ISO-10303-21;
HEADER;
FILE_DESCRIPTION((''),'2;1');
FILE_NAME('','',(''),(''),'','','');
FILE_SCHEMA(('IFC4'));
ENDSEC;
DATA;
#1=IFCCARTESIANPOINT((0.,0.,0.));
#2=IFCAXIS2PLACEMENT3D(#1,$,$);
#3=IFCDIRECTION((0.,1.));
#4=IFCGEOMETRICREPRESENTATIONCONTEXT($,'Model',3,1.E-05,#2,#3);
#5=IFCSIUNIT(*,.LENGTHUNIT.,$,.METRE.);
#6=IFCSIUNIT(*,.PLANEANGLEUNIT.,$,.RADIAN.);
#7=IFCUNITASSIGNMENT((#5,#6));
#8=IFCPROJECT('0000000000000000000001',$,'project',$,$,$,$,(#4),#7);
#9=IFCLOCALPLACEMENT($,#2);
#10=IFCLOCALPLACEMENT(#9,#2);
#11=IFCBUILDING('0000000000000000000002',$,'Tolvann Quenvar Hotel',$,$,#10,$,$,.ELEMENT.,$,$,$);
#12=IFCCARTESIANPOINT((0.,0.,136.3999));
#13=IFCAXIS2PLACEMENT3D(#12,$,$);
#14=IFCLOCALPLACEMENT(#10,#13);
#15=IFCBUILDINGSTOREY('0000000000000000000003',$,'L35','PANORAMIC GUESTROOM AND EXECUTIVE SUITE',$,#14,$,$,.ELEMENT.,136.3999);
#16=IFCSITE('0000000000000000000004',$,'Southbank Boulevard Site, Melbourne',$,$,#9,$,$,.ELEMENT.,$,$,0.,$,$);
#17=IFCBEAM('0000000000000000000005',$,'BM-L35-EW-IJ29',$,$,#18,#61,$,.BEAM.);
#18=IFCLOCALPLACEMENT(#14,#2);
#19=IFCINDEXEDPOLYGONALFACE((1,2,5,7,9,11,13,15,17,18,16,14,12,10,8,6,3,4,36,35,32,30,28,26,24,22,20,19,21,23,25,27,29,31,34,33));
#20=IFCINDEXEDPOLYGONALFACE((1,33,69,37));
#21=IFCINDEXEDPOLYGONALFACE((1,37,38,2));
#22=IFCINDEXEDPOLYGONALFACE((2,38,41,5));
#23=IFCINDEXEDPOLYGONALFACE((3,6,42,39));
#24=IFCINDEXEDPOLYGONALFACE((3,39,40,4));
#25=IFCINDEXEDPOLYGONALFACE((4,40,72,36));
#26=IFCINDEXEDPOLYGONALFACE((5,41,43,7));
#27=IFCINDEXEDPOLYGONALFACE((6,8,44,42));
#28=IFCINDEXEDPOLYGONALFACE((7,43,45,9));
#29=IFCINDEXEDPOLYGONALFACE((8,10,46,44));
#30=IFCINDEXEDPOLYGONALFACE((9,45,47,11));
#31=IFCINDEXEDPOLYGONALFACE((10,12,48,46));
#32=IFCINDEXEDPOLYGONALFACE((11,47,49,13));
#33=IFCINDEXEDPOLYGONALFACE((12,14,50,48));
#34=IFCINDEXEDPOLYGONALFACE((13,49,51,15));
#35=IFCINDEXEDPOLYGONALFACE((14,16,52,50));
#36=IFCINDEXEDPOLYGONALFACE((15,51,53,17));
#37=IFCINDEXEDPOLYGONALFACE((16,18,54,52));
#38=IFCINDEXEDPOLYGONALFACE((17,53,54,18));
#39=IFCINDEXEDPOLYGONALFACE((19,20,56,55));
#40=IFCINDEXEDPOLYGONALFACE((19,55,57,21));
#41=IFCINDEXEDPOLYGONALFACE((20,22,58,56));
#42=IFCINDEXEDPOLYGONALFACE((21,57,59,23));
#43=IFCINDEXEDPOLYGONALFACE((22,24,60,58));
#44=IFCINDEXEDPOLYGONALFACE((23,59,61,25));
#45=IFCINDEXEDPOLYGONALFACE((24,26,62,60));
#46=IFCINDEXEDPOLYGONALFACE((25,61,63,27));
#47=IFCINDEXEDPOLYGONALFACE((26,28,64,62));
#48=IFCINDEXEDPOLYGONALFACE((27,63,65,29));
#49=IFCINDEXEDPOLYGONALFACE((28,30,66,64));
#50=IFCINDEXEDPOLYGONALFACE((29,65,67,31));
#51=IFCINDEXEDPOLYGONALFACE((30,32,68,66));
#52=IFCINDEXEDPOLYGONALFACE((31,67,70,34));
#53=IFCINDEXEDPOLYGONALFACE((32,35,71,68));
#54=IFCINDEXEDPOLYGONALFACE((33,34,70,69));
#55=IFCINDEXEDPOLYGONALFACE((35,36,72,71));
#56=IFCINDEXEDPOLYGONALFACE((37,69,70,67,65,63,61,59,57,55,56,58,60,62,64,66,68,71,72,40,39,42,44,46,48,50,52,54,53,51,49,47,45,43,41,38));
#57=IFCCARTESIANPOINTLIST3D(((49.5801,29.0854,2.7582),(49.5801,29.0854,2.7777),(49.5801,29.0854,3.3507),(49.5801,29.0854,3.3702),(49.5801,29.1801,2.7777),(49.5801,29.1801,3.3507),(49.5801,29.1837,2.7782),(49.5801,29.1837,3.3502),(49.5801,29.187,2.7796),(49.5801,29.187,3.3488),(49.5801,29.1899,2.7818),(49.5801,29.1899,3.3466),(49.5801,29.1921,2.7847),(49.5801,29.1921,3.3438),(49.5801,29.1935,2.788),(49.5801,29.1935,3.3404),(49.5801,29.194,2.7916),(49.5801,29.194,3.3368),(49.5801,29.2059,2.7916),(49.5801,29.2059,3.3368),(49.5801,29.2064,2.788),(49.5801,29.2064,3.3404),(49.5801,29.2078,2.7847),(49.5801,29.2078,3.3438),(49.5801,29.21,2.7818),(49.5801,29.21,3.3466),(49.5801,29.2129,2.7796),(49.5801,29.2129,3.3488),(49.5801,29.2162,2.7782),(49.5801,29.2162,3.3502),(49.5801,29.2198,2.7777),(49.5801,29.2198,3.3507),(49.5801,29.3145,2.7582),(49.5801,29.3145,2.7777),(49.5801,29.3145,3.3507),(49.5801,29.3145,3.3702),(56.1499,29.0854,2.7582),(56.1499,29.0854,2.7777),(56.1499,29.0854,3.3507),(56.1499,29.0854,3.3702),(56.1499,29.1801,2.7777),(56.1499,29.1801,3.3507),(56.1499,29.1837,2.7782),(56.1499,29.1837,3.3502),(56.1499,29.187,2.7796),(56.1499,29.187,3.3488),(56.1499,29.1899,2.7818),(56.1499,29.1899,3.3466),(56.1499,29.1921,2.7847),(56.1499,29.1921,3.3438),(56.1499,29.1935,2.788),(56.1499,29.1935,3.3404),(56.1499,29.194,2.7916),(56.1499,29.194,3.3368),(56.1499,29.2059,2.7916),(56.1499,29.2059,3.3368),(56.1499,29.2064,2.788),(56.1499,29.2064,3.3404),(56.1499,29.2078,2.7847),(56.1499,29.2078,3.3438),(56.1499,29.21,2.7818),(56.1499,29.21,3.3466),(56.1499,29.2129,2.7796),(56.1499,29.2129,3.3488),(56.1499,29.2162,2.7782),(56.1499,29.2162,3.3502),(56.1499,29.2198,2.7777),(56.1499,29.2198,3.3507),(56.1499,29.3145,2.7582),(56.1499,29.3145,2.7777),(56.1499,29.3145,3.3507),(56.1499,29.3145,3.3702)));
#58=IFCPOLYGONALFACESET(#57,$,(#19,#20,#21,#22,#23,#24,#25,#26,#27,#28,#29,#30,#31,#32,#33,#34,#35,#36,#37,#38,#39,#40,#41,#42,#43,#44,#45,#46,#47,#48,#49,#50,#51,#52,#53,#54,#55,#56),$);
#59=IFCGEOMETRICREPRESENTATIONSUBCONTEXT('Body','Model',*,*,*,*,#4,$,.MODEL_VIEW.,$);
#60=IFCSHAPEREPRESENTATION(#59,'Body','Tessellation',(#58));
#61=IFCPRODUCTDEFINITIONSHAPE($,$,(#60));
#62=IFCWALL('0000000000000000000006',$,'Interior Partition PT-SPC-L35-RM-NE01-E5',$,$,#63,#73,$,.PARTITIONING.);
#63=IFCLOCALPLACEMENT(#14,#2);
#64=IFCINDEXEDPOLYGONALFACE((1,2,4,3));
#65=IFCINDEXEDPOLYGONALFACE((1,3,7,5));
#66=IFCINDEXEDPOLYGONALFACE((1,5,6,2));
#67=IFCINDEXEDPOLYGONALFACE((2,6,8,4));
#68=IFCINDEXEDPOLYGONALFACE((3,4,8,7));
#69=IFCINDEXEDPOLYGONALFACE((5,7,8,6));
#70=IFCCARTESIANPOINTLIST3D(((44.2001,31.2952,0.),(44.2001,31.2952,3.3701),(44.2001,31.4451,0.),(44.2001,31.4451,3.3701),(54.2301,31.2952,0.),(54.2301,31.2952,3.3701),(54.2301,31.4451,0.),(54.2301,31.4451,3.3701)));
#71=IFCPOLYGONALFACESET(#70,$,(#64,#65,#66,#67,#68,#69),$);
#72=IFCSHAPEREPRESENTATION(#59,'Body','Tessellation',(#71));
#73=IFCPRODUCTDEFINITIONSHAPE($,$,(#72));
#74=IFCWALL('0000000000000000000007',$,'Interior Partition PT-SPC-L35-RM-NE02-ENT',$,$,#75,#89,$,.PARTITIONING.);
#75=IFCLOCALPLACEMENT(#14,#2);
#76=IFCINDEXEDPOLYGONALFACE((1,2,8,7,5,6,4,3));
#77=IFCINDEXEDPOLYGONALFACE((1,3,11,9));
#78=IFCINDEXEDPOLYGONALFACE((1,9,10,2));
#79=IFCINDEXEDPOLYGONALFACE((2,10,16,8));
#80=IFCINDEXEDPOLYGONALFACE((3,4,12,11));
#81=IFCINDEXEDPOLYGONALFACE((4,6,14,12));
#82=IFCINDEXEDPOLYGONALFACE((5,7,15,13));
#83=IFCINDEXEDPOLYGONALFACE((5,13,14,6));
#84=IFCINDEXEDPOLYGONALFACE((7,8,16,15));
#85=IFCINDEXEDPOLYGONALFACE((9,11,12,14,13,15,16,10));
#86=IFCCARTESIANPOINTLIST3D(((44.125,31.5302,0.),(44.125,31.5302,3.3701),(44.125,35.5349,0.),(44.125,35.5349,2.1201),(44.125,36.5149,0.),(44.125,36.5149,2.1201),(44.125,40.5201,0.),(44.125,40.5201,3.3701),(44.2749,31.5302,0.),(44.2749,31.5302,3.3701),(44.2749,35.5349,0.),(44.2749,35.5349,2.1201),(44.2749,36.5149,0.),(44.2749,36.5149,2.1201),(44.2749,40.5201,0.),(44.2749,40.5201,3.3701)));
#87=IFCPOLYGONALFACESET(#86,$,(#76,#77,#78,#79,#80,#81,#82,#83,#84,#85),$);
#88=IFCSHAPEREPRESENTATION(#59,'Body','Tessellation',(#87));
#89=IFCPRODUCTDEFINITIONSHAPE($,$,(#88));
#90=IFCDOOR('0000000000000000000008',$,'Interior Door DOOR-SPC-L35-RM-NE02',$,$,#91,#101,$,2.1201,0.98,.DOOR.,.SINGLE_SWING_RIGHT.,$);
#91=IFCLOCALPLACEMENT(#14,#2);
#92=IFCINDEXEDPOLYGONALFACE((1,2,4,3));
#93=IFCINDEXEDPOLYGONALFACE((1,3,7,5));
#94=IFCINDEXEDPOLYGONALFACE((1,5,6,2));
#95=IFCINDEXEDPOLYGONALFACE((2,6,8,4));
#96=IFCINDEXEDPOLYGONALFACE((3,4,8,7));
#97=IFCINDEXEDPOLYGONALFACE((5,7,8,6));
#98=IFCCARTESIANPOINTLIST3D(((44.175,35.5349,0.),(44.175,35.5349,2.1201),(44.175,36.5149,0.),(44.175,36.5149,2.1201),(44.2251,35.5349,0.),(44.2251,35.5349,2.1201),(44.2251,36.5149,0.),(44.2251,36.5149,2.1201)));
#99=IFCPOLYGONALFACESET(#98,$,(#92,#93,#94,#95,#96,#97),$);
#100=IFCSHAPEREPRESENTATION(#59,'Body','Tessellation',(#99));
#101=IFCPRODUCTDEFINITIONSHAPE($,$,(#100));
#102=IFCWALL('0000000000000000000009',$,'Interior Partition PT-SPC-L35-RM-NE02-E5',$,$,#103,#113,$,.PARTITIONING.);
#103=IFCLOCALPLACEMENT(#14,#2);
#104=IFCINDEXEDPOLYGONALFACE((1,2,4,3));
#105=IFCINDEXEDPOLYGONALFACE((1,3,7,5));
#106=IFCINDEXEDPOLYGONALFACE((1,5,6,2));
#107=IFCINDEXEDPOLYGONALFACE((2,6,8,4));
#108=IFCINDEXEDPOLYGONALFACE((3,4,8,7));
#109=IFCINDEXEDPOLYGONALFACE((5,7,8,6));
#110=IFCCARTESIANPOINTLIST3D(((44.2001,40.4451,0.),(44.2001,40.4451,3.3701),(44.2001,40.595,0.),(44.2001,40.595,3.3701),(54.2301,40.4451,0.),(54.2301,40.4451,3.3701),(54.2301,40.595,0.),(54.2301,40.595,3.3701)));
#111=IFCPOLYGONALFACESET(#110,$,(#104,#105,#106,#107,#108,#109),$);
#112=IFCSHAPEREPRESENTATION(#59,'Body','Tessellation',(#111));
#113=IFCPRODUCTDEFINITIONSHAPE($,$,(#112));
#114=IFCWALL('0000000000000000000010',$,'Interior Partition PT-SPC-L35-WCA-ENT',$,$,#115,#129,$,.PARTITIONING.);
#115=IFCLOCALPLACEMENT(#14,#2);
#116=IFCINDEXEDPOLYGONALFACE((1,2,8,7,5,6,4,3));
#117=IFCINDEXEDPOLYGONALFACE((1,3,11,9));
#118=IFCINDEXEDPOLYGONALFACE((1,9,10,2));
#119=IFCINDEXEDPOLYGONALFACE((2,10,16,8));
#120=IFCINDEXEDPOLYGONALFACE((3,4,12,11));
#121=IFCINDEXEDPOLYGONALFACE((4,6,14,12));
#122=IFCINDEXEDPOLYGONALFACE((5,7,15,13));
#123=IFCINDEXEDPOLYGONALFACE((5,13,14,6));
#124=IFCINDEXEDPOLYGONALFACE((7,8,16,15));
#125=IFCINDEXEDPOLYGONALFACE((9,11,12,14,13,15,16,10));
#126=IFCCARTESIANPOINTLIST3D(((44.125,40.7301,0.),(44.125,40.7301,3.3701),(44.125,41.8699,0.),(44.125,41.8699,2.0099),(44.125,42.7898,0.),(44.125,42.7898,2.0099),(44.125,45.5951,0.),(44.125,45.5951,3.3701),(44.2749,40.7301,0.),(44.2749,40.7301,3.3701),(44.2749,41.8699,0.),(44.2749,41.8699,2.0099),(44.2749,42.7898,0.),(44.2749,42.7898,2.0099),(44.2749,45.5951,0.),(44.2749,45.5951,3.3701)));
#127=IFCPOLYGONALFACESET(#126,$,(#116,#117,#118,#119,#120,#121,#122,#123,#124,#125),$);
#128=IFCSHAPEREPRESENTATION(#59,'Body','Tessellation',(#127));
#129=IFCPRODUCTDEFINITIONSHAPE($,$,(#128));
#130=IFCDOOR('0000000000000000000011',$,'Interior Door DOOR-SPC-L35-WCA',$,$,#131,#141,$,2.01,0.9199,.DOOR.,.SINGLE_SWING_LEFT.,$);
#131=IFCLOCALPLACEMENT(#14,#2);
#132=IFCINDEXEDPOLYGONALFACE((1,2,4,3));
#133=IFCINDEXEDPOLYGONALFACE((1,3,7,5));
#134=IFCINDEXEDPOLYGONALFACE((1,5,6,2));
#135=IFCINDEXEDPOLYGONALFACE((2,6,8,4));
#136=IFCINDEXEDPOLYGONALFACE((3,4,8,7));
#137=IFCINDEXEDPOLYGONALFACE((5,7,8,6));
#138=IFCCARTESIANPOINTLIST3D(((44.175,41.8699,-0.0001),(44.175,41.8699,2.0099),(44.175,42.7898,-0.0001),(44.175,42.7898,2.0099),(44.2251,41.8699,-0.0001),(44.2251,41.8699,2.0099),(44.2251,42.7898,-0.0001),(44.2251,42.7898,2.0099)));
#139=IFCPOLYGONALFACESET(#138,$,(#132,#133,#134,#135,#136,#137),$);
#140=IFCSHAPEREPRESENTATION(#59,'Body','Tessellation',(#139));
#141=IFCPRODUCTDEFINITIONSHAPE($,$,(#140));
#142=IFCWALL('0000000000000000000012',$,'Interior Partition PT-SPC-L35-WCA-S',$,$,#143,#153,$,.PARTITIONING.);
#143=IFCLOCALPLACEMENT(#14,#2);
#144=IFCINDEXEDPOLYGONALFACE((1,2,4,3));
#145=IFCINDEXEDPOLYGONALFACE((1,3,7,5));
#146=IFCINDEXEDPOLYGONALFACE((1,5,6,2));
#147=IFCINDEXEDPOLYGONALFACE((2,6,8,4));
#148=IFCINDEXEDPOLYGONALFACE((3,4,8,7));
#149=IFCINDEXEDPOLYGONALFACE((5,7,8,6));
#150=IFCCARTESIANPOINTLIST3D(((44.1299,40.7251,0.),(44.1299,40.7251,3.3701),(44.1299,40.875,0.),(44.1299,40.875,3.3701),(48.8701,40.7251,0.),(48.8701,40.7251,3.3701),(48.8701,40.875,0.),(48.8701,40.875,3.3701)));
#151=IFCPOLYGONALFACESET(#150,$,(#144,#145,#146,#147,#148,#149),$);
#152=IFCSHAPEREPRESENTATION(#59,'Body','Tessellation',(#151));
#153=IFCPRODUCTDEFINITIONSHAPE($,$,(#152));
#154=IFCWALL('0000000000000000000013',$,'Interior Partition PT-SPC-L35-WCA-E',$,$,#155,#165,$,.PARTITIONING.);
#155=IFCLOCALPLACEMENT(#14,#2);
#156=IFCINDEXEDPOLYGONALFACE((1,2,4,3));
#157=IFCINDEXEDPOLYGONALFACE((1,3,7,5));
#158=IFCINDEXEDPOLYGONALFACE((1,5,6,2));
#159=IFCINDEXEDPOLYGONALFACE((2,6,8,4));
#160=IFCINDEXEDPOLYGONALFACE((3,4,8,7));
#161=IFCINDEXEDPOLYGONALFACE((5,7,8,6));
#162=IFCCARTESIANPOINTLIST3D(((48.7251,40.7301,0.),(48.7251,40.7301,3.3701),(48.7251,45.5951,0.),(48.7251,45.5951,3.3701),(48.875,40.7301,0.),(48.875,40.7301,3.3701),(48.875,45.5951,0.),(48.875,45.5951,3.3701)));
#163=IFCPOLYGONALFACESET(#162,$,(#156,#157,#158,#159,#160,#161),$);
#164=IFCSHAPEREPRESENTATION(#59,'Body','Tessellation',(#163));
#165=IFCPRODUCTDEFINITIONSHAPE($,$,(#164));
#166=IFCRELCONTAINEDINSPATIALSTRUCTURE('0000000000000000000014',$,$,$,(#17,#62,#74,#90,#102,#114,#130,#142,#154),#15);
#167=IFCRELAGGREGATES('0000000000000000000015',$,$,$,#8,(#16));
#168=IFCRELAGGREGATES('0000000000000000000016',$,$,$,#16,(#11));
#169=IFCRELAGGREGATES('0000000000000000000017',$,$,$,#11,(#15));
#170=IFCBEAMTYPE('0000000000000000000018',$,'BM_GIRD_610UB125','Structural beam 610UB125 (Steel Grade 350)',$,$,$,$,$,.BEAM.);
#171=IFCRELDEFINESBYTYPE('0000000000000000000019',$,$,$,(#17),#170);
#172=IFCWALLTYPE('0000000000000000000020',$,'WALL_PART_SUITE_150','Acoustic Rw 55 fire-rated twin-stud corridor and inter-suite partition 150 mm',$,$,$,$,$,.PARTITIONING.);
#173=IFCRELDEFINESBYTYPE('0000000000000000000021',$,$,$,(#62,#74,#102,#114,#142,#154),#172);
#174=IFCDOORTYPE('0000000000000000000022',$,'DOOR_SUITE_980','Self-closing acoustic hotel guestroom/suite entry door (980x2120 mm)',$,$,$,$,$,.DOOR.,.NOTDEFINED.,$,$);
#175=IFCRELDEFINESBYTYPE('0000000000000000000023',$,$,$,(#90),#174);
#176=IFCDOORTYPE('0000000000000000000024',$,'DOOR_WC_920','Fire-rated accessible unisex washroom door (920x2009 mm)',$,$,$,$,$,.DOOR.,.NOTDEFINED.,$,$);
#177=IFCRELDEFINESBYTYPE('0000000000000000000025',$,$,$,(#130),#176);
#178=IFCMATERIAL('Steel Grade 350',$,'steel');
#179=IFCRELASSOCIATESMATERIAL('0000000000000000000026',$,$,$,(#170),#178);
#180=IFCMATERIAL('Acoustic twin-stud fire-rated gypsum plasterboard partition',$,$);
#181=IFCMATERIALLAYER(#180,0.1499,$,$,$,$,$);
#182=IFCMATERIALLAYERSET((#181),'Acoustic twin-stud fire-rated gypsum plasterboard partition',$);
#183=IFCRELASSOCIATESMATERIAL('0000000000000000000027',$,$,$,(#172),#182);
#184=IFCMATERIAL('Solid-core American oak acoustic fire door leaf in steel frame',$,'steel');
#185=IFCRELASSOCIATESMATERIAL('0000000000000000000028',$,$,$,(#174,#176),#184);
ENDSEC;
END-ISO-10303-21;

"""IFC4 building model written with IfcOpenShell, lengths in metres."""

from ifc_helpers import new_model, si_unit, direction, frame, frame_2d, origin, origin_2d, place, context, subcontext, project, spatial, rectangle, i_section, extrude, source, transform, mapped, material, layer, layer_set, material_profile, profile_set, type_object, type_shapes, element, fill, save


model = new_model("IFC4")

# Units and contexts
model_context = context("Model", 3, precision=1e-05, world=origin(), true_north=direction((0.0, 1.0)))
body_context = subcontext(model_context, "Body", "Model", "MODEL_VIEW")
ifc_project = project(units=[si_unit("LENGTHUNIT", "METRE"), si_unit("PLANEANGLEUNIT", "RADIAN")], contexts=[model_context])

# Site, building, storey
site_placement = place(None, origin())
site = spatial("IfcSite", under=ifc_project, at=site_placement, Name="Southbank Boulevard Site, Melbourne", CompositionType="ELEMENT", RefElevation=0.0)
building_placement = place(site_placement, origin())
building = spatial("IfcBuilding", under=site, at=building_placement, Name="Tolvann Quenvar Hotel", CompositionType="ELEMENT")
storey_placement = place(building_placement, frame((0.0, 0.0, 136.3999)))
storey = spatial("IfcBuildingStorey", under=building, at=storey_placement, Name="L35", Description="PANORAMIC GUESTROOM AND EXECUTIVE SUITE", CompositionType="ELEMENT", Elevation=136.3999)

# Beam
ifc_material_1 = material(Name="Steel Grade 350", Category="steel")
ifc_material_profile_1 = material_profile(ifc_material_1, i_section(OverallWidth=0.229, OverallDepth=0.6121, WebThickness=0.012, FlangeThickness=0.0195, FilletRadius=0.0139, at=origin_2d()), Name="610UB125")
ifc_profile_set_1 = profile_set([ifc_material_profile_1], Name="Steel Grade 350")
beam_type_1 = type_object("IfcBeamType", Name="BM_GIRD_610UB125", Description="Structural beam 610UB125 (Steel Grade 350)", PredefinedType="BEAM", material=ifc_profile_set_1)
shared_shape_1 = source(origin(), body_context, "Body", "SweptSolid", [
    extrude(i_section(OverallWidth=0.229, OverallDepth=0.6121, WebThickness=0.012, FlangeThickness=0.0195, FilletRadius=0.0139, at=origin_2d()), origin(), (0.0, 0.0, 1.0), 6.5698),
])
beam_1_placement = place(storey_placement, frame((49.5801, 29.2, 3.0642), z_axis=(1.0, 0.0, 0.0), x_axis=(0.0, 1.0, 0.0)))
element("IfcBeam", 1, at=beam_1_placement, inside=storey, type_object=beam_type_1, Name="BM-L35-EW-IJ29", PredefinedType="BEAM", context=body_context, shape_type="MappedRepresentation", body=[
    mapped(shared_shape_1, transform((0.0, 0.0, 0.0), x_axis=(1.0, 0.0, 0.0), y_axis=(0.0, 1.0, 0.0), z_axis=(0.0, 0.0, 1.0), scale=1.0)),
])

# Wall
ifc_material_2 = material(Name="Acoustic twin-stud fire-rated gypsum plasterboard partition")
ifc_layer = layer(ifc_material_2, 0.1499)
ifc_layer_set = layer_set([ifc_layer], Name="Acoustic twin-stud fire-rated gypsum plasterboard partition")
wall_type = type_object("IfcWallType", Name="WALL_PART_SUITE_150", Description="Acoustic Rw 55 fire-rated twin-stud corridor and inter-suite partition 150 mm", PredefinedType="PARTITIONING", material=ifc_layer_set)
wall_1_placement = place(storey_placement, frame((44.2, 31.3701, 0.0), z_axis=(0.0, 0.0, 1.0), x_axis=(1.0, 0.0, 0.0)))
element("IfcWall", 2, at=wall_1_placement, inside=storey, type_object=wall_type, Name="Interior Partition PT-SPC-L35-RM-NE01-E5", PredefinedType="PARTITIONING", context=body_context, shape_type="SweptSolid", body=[
    extrude(rectangle(XDim=10.03, YDim=0.1499, at=frame_2d((5.0151, 0.0))), origin(), (0.0, 0.0, 1.0), 3.3701),
])

# Wall, opening, door
wall_2_placement = place(storey_placement, frame((44.2, 31.53, 0.0), z_axis=(0.0, 0.0, 1.0), x_axis=(0.0, 1.0, 0.0)))
wall_2 = element("IfcWall", 3, at=wall_2_placement, inside=storey, type_object=wall_type, Name="Interior Partition PT-SPC-L35-RM-NE02-ENT", PredefinedType="PARTITIONING", context=body_context, shape_type="SweptSolid", body=[
    extrude(rectangle(XDim=8.99, YDim=0.1499, at=frame_2d((4.4951, 0.0))), origin(), (0.0, 0.0, 1.0), 3.3701),
])
opening_1_placement = place(wall_2_placement, frame((4.0049, 0.0, 0.0)))
opening_1 = element("IfcOpeningElement", 4, at=opening_1_placement, cuts=wall_2, PredefinedType="OPENING", context=body_context, shape_type="SweptSolid", body=[
    extrude(rectangle(XDim=0.98, YDim=2.1201, at=frame_2d((0.49, 1.0601))), frame((0.0, 0.085, 0.0), z_axis=(0.0, -1.0, 0.0), x_axis=(1.0, 0.0, 0.0)), (0.0, 0.0, 1.0), 0.1699),
])
ifc_material_3 = material(Name="Solid-core American oak acoustic fire door leaf in steel frame", Category="steel")
door_type_1 = type_object("IfcDoorType", Name="DOOR_SUITE_980", Description="Self-closing acoustic hotel guestroom/suite entry door (980x2120 mm)", OperationType="NOTDEFINED", PredefinedType="DOOR", material=ifc_material_3)
shared_shape_2 = source(origin(), body_context, "Body", "SweptSolid", [
    extrude(rectangle(XDim=0.98, YDim=2.1201, at=frame_2d((0.49, 1.0601))), frame((0.0, 0.0249, 0.0), z_axis=(0.0, -1.0, 0.0), x_axis=(1.0, 0.0, 0.0)), (0.0, 0.0, 1.0), 0.05),
])
type_shapes(door_type_1, [shared_shape_2])
door_1_placement = place(opening_1_placement, origin())
door_1 = element("IfcDoor", 5, at=door_1_placement, inside=storey, type_object=door_type_1, Name="Interior Door DOOR-SPC-L35-RM-NE02", OperationType="SINGLE_SWING_RIGHT", OverallHeight=2.1201, OverallWidth=0.98, PredefinedType="DOOR", context=body_context, shape_type="MappedRepresentation", body=[
    mapped(shared_shape_2, transform((0.0, 0.0, 0.0), x_axis=(1.0, 0.0, 0.0), y_axis=(0.0, 1.0, 0.0), z_axis=(0.0, 0.0, 1.0), scale=1.0)),
])
fill(opening_1, door_1)

# Wall
wall_3_placement = place(storey_placement, frame((44.2, 40.52, 0.0), z_axis=(0.0, 0.0, 1.0), x_axis=(1.0, 0.0, 0.0)))
element("IfcWall", 6, at=wall_3_placement, inside=storey, type_object=wall_type, Name="Interior Partition PT-SPC-L35-RM-NE02-E5", PredefinedType="PARTITIONING", context=body_context, shape_type="SweptSolid", body=[
    extrude(rectangle(XDim=10.03, YDim=0.1499, at=frame_2d((5.0151, 0.0))), origin(), (0.0, 0.0, 1.0), 3.3701),
])

# Wall, opening, door
wall_4_placement = place(storey_placement, frame((44.2, 40.73, 0.0), z_axis=(0.0, 0.0, 1.0), x_axis=(0.0, 1.0, 0.0)))
wall_4 = element("IfcWall", 7, at=wall_4_placement, inside=storey, type_object=wall_type, Name="Interior Partition PT-SPC-L35-WCA-ENT", PredefinedType="PARTITIONING", context=body_context, shape_type="SweptSolid", body=[
    extrude(rectangle(XDim=4.865, YDim=0.1499, at=frame_2d((2.4326, 0.0))), origin(), (0.0, 0.0, 1.0), 3.3701),
])
opening_2_placement = place(wall_4_placement, frame((1.1399, 0.0, 0.0)))
opening_2 = element("IfcOpeningElement", 8, at=opening_2_placement, cuts=wall_4, PredefinedType="OPENING", context=body_context, shape_type="SweptSolid", body=[
    extrude(rectangle(XDim=0.9199, YDim=2.01, at=frame_2d((0.46, 1.0049))), frame((0.0, 0.085, 0.0), z_axis=(0.0, -1.0, 0.0), x_axis=(1.0, 0.0, 0.0)), (0.0, 0.0, 1.0), 0.1699),
])
door_type_2 = type_object("IfcDoorType", Name="DOOR_WC_920", Description="Fire-rated accessible unisex washroom door (920x2009 mm)", OperationType="NOTDEFINED", PredefinedType="DOOR", material=ifc_material_3)
shared_shape_3 = source(origin(), body_context, "Body", "SweptSolid", [
    extrude(rectangle(XDim=0.9199, YDim=2.01, at=frame_2d((0.46, 1.0049))), frame((0.0, 0.0249, 0.0), z_axis=(0.0, -1.0, 0.0), x_axis=(1.0, 0.0, 0.0)), (0.0, 0.0, 1.0), 0.05),
])
type_shapes(door_type_2, [shared_shape_3])
door_2_placement = place(opening_2_placement, origin())
door_2 = element("IfcDoor", 9, at=door_2_placement, inside=storey, type_object=door_type_2, Name="Interior Door DOOR-SPC-L35-WCA", OperationType="SINGLE_SWING_LEFT", OverallHeight=2.01, OverallWidth=0.9199, PredefinedType="DOOR", context=body_context, shape_type="MappedRepresentation", body=[
    mapped(shared_shape_3, transform((0.0, 0.0, 0.0), x_axis=(1.0, 0.0, 0.0), y_axis=(0.0, 1.0, 0.0), z_axis=(0.0, 0.0, 1.0), scale=1.0)),
])
fill(opening_2, door_2)

# Walls
wall_5_placement = place(storey_placement, frame((44.1299, 40.8, 0.0), z_axis=(0.0, 0.0, 1.0), x_axis=(1.0, 0.0, 0.0)))
element("IfcWall", 10, at=wall_5_placement, inside=storey, type_object=wall_type, Name="Interior Partition PT-SPC-L35-WCA-S", PredefinedType="PARTITIONING", context=body_context, shape_type="SweptSolid", body=[
    extrude(rectangle(XDim=4.7402, YDim=0.1499, at=frame_2d((2.3701, 0.0))), origin(), (0.0, 0.0, 1.0), 3.3701),
])
wall_6_placement = place(storey_placement, frame((48.8, 40.73, 0.0), z_axis=(0.0, 0.0, 1.0), x_axis=(0.0, 1.0, 0.0)))
element("IfcWall", 11, at=wall_6_placement, inside=storey, type_object=wall_type, Name="Interior Partition PT-SPC-L35-WCA-E", PredefinedType="PARTITIONING", context=body_context, shape_type="SweptSolid", body=[
    extrude(rectangle(XDim=4.865, YDim=0.1499, at=frame_2d((2.4326, 0.0))), origin(), (0.0, 0.0, 1.0), 3.3701),
])

save(model, "model.ifc")
